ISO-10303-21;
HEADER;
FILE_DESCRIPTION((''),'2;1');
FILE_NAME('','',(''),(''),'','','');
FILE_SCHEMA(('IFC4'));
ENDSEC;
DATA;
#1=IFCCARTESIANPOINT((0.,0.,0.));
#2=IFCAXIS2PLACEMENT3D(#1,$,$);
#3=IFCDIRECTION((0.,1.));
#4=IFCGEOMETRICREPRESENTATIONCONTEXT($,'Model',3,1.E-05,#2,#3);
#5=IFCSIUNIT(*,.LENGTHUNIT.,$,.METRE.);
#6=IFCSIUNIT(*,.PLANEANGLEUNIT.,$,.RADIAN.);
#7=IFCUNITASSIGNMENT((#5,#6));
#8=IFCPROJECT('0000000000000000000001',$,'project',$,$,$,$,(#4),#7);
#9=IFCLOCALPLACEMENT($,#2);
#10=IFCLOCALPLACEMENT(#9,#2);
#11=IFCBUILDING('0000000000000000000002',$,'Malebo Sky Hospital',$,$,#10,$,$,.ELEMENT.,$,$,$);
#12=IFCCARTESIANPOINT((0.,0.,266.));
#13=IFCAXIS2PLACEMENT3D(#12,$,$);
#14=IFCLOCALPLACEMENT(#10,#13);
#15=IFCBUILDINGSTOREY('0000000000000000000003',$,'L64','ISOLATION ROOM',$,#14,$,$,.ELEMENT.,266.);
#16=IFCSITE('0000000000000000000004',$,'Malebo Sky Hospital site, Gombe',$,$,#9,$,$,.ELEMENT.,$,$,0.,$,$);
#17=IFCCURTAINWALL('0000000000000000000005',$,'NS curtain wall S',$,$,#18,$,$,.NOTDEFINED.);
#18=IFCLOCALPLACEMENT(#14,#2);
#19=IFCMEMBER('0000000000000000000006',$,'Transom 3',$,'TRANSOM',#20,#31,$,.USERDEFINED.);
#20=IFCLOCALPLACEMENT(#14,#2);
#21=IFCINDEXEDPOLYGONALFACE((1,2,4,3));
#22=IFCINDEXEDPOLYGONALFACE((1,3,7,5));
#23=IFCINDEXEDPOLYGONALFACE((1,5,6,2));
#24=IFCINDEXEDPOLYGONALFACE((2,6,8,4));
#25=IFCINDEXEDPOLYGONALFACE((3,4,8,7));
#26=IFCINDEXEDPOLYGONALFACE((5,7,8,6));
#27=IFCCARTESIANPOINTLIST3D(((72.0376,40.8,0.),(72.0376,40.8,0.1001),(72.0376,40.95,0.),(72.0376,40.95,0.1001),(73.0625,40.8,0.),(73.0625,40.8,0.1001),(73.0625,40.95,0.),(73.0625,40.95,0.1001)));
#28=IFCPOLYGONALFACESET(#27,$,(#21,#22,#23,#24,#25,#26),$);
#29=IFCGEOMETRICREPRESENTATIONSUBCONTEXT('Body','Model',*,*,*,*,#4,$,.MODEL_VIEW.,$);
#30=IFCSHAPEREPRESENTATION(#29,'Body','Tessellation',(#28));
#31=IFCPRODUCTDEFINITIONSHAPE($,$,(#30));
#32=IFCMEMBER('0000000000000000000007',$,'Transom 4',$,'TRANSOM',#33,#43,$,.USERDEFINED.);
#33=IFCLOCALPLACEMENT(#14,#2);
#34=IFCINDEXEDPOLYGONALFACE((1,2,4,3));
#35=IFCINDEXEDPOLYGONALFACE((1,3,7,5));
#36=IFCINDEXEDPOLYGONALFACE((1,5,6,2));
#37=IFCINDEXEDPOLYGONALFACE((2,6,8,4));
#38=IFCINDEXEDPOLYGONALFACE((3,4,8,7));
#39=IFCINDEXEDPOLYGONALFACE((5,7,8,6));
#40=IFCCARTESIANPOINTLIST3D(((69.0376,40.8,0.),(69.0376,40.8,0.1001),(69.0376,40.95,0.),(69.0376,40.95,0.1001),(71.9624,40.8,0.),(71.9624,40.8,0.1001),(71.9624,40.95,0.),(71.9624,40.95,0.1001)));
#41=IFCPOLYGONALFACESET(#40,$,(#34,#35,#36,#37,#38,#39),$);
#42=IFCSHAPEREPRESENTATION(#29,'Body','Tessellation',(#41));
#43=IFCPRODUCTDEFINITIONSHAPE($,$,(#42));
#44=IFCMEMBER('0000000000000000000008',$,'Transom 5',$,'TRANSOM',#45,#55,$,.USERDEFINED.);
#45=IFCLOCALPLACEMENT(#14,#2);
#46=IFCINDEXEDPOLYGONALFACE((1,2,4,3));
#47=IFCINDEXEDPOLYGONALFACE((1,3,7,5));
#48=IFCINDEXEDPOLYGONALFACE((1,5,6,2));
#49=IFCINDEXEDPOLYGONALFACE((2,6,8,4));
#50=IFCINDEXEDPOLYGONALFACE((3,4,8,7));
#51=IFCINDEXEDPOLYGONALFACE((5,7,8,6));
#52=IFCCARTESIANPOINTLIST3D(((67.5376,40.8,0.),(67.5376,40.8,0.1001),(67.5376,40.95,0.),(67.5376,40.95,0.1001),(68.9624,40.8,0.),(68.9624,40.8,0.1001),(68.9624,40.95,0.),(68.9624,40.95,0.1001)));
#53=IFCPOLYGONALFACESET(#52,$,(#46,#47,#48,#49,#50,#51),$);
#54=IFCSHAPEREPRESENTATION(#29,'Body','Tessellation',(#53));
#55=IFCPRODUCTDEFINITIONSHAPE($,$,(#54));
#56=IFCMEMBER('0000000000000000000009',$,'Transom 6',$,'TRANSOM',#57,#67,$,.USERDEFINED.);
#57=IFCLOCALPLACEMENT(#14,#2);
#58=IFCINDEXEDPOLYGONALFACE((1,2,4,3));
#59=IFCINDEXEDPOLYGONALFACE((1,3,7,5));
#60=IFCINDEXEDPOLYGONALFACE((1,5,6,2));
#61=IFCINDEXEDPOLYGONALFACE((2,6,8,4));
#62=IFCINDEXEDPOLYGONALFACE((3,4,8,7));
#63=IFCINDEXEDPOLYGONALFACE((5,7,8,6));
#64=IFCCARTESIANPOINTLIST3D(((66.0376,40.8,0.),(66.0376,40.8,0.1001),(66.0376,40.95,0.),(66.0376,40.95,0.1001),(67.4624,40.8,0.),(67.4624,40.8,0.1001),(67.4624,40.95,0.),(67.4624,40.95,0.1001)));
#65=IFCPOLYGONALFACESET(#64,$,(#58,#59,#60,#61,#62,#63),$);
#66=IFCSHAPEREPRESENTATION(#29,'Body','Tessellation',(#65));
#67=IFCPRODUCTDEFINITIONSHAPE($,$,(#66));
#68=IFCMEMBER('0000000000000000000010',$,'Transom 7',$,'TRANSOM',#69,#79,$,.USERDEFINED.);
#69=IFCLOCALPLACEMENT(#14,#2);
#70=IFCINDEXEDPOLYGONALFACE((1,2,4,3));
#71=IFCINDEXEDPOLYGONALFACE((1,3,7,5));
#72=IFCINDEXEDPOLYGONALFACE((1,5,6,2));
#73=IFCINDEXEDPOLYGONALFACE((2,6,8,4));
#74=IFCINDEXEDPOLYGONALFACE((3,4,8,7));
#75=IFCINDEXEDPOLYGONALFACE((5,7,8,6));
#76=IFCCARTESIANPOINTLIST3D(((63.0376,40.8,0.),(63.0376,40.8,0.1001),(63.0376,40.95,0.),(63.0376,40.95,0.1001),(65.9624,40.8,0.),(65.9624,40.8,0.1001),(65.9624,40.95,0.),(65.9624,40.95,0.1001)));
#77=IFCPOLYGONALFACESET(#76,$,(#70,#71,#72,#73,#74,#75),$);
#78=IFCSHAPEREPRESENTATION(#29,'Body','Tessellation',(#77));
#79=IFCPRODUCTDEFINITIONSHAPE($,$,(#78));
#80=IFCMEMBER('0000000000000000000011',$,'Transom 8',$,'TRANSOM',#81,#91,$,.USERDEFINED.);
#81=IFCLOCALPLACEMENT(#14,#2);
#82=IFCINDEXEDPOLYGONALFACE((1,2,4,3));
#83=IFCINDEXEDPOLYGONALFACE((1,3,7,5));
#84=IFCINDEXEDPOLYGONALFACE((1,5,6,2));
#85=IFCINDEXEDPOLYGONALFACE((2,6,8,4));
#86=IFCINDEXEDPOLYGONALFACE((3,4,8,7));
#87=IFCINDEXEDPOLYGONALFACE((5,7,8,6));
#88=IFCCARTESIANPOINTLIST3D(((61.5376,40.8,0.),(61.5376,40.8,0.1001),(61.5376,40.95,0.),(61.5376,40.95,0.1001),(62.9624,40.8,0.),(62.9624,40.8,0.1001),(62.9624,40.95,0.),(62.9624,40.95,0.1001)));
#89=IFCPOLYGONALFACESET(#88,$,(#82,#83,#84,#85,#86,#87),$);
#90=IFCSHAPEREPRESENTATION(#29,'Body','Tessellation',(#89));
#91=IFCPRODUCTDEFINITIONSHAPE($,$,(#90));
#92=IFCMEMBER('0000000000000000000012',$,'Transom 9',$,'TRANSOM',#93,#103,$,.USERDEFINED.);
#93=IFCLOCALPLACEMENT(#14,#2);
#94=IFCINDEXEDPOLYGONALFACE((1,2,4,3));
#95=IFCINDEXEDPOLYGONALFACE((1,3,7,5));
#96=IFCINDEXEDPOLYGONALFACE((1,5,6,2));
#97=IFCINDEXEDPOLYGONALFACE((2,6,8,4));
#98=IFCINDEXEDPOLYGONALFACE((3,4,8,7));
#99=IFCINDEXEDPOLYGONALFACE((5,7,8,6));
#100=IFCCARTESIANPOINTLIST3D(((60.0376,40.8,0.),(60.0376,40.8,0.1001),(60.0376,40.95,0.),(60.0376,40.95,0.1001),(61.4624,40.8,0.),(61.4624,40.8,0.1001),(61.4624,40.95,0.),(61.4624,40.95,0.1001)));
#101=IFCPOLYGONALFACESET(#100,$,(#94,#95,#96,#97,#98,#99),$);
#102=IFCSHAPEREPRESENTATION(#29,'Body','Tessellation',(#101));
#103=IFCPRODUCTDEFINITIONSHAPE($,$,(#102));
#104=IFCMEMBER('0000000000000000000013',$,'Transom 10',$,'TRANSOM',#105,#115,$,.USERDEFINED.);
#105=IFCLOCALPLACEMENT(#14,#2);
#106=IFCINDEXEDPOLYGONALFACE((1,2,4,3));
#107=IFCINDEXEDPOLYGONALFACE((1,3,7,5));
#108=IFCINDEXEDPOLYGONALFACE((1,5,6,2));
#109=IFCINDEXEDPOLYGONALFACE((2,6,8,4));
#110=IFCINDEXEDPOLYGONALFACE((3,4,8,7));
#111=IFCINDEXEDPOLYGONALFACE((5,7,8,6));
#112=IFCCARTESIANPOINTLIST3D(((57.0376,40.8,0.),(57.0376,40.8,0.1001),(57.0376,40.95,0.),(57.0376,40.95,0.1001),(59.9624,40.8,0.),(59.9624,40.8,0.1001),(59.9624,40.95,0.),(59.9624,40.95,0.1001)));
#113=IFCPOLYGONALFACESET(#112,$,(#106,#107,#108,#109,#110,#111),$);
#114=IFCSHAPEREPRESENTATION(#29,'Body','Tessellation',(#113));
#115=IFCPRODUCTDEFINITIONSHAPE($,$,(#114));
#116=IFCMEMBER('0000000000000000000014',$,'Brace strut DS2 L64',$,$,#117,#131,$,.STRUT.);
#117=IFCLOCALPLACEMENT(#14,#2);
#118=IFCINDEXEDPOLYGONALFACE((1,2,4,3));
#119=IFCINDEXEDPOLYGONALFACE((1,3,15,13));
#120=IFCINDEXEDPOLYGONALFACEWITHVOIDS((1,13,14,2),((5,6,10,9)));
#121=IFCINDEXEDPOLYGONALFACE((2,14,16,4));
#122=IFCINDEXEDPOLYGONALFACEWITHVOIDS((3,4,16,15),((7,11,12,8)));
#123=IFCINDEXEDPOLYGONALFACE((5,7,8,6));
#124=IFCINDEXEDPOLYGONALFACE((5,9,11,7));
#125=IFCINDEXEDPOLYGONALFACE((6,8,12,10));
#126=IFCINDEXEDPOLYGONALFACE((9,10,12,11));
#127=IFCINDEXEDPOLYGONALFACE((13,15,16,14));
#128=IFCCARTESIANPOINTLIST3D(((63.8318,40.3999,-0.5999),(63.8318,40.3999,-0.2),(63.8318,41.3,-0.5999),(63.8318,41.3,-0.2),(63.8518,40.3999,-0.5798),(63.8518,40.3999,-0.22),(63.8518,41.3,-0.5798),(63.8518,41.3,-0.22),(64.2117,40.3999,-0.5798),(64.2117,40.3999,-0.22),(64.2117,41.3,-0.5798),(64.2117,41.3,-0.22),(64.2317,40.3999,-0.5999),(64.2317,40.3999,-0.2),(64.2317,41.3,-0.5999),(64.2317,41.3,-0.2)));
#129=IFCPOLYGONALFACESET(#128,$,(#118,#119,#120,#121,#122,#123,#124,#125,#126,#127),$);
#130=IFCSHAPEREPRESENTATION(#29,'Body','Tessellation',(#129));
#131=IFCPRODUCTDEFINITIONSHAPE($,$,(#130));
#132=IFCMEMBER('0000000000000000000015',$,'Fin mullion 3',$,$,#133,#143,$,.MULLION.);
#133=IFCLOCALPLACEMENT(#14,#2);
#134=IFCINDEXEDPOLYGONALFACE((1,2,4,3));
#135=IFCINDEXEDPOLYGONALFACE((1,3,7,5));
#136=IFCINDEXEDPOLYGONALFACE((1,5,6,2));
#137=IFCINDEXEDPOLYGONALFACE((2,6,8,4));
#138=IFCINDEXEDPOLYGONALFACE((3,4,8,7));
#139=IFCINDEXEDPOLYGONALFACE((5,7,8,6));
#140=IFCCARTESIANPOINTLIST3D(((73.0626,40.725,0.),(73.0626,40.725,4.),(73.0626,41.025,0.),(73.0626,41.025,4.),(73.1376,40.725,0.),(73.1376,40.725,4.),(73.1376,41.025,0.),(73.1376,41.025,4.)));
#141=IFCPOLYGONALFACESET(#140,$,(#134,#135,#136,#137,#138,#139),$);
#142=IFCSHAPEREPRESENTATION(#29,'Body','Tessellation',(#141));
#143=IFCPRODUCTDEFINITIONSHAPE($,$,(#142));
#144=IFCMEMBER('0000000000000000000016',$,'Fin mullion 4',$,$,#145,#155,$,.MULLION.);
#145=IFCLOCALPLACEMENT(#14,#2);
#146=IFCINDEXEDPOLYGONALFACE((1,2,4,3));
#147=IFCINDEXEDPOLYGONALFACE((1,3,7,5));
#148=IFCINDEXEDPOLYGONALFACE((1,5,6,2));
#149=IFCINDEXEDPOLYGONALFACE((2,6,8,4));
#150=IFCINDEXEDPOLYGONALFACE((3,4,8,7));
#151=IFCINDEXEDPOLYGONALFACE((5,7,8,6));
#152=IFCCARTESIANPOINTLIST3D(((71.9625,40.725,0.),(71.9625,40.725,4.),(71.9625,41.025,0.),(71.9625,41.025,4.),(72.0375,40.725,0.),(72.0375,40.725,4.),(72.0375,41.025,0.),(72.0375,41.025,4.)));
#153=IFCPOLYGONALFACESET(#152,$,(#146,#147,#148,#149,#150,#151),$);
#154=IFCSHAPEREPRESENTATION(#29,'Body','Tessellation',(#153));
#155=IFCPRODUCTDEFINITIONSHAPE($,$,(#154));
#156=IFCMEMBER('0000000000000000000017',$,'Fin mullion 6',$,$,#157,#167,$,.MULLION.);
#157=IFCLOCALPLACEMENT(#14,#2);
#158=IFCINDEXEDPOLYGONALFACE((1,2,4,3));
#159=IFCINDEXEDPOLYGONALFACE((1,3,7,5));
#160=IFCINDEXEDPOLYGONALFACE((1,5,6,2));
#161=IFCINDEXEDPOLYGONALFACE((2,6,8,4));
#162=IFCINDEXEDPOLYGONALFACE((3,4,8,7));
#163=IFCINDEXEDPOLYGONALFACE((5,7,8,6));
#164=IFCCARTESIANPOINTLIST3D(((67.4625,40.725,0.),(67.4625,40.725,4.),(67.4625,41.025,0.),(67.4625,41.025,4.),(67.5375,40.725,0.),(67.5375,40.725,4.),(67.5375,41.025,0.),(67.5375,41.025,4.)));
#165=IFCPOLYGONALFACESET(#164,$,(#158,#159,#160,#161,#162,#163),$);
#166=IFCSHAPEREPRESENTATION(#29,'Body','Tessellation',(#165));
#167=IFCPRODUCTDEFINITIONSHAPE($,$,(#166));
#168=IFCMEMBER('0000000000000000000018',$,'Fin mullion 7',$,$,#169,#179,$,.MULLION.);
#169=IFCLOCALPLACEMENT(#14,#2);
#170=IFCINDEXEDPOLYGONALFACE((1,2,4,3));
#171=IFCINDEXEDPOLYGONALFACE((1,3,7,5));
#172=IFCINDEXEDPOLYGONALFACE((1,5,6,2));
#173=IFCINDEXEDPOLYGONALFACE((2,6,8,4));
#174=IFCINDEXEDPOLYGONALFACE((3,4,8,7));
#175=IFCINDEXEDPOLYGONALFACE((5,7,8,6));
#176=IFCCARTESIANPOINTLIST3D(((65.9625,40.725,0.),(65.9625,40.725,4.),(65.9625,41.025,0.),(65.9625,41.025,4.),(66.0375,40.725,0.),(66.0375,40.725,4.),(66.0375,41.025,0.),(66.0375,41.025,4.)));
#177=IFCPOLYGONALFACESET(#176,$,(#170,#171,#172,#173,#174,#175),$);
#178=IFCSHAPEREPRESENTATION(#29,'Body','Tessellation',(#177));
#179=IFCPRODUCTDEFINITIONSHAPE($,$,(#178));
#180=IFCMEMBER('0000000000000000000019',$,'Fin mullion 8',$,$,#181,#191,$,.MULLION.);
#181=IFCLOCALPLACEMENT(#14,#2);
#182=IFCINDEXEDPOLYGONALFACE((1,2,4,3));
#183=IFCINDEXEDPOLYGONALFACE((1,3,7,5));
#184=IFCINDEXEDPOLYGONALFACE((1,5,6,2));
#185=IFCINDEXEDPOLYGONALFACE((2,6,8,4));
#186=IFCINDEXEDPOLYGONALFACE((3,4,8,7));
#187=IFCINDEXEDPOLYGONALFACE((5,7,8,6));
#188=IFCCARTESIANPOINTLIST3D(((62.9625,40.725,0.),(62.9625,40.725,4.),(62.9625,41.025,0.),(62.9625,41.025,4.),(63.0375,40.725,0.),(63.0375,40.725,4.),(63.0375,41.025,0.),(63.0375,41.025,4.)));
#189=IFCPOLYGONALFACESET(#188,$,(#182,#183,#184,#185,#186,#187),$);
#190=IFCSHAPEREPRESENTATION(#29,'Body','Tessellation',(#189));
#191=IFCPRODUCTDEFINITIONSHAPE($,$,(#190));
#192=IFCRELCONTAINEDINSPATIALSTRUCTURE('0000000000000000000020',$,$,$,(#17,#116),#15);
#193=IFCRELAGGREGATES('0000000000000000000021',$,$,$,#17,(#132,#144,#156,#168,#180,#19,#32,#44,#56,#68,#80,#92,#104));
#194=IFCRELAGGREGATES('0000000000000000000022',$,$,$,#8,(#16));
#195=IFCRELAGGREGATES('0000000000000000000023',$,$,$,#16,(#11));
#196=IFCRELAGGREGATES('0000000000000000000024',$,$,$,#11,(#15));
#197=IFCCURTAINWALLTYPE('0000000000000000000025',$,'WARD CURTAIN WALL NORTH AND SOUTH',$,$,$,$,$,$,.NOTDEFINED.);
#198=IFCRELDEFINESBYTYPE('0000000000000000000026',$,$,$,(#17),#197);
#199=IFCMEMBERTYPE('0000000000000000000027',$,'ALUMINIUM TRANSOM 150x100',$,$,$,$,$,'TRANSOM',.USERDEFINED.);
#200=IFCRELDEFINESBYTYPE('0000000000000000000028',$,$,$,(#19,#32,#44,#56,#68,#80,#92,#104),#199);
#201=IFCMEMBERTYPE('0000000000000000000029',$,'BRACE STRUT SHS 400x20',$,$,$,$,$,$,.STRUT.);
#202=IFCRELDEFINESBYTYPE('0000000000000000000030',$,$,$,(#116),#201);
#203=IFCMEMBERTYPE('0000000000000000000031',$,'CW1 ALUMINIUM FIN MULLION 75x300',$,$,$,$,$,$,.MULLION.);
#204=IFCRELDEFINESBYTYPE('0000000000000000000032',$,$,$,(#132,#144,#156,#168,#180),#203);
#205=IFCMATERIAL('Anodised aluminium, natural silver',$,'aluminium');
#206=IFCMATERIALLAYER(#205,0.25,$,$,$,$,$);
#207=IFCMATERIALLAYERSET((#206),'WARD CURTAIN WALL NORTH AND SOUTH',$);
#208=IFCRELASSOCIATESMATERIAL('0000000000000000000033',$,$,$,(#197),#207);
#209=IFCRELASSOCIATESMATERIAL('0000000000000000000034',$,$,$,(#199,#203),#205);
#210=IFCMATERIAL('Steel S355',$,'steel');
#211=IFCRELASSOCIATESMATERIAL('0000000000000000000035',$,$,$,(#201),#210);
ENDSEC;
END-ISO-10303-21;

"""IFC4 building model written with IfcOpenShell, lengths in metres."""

from ifc_helpers import new_model, si_unit, direction, frame, origin, origin_2d, place, context, subcontext, project, spatial, rectangle, hollow_rectangle, extrude, material, layer, layer_set, material_profile, profile_set, type_object, element, aggregate, save


model = new_model("IFC4")

# Units and contexts
model_context = context("Model", 3, precision=1e-05, world=origin(), true_north=direction((0.0, 1.0)))
body_context = subcontext(model_context, "Body", "Model", "MODEL_VIEW")
ifc_project = project(units=[si_unit("LENGTHUNIT", "METRE"), si_unit("PLANEANGLEUNIT", "RADIAN")], contexts=[model_context])

# Site, building, storey
site_placement = place(None, origin())
site = spatial("IfcSite", under=ifc_project, at=site_placement, Name="Malebo Sky Hospital site, Gombe", CompositionType="ELEMENT", RefElevation=0.0)
building_placement = place(site_placement, origin())
building = spatial("IfcBuilding", under=site, at=building_placement, Name="Malebo Sky Hospital", CompositionType="ELEMENT")
storey_placement = place(building_placement, frame((0.0, 0.0, 266.0)))
storey = spatial("IfcBuildingStorey", under=building, at=storey_placement, Name="L64", Description="ISOLATION ROOM", CompositionType="ELEMENT", Elevation=266.0)

# Curtain wall, members
ifc_material_1 = material(Name="Anodised aluminium, natural silver", Category="aluminium")
ifc_layer_1 = layer(ifc_material_1, 0.25)
ifc_layer_set_1 = layer_set([ifc_layer_1], Name="WARD CURTAIN WALL NORTH AND SOUTH")
curtain_wall_type = type_object("IfcCurtainWallType", Name="WARD CURTAIN WALL NORTH AND SOUTH", PredefinedType="NOTDEFINED", material=ifc_layer_set_1)
curtain_wall_placement = place(storey_placement, origin())
curtain_wall = element("IfcCurtainWall", 1, at=curtain_wall_placement, inside=storey, type_object=curtain_wall_type, Name="NS curtain wall S", PredefinedType="NOTDEFINED")
ifc_material_profile_1 = material_profile(ifc_material_1, rectangle(XDim=0.1499, YDim=0.1001, at=origin_2d()), Name="ALUMINIUM TRANSOM 150x100")
ifc_profile_set_1 = profile_set([ifc_material_profile_1], Name="Anodised aluminium, natural silver")
member_type_1 = type_object("IfcMemberType", Name="ALUMINIUM TRANSOM 150x100", ElementType="TRANSOM", PredefinedType="USERDEFINED", material=ifc_profile_set_1)
member_1_placement = place(storey_placement, frame((73.0625, 40.875, 0.05), z_axis=(-1.0, 0.0, 0.0), x_axis=(0.0, -1.0, 0.0)))
member_1 = element("IfcMember", 2, at=member_1_placement, type_object=member_type_1, Name="Transom 3", ObjectType="TRANSOM", PredefinedType="USERDEFINED", context=body_context, shape_type="SweptSolid", body=[
    extrude(rectangle(XDim=0.1499, YDim=0.1001, at=origin_2d()), origin(), (0.0, 0.0, 1.0), 1.0249),
])
member_2_placement = place(storey_placement, frame((71.9624, 40.875, 0.05), z_axis=(-1.0, 0.0, 0.0), x_axis=(0.0, -1.0, 0.0)))
member_2 = element("IfcMember", 3, at=member_2_placement, type_object=member_type_1, Name="Transom 4", ObjectType="TRANSOM", PredefinedType="USERDEFINED", context=body_context, shape_type="SweptSolid", body=[
    extrude(rectangle(XDim=0.1499, YDim=0.1001, at=origin_2d()), origin(), (0.0, 0.0, 1.0), 2.9248),
])
member_3_placement = place(storey_placement, frame((68.9624, 40.875, 0.05), z_axis=(-1.0, 0.0, 0.0), x_axis=(0.0, -1.0, 0.0)))
member_3 = element("IfcMember", 4, at=member_3_placement, type_object=member_type_1, Name="Transom 5", ObjectType="TRANSOM", PredefinedType="USERDEFINED", context=body_context, shape_type="SweptSolid", body=[
    extrude(rectangle(XDim=0.1499, YDim=0.1001, at=origin_2d()), origin(), (0.0, 0.0, 1.0), 1.4248),
])
member_4_placement = place(storey_placement, frame((67.4624, 40.875, 0.05), z_axis=(-1.0, 0.0, 0.0), x_axis=(0.0, -1.0, 0.0)))
member_4 = element("IfcMember", 5, at=member_4_placement, type_object=member_type_1, Name="Transom 6", ObjectType="TRANSOM", PredefinedType="USERDEFINED", context=body_context, shape_type="SweptSolid", body=[
    extrude(rectangle(XDim=0.1499, YDim=0.1001, at=origin_2d()), origin(), (0.0, 0.0, 1.0), 1.4248),
])
member_5_placement = place(storey_placement, frame((65.9624, 40.875, 0.05), z_axis=(-1.0, 0.0, 0.0), x_axis=(0.0, -1.0, 0.0)))
member_5 = element("IfcMember", 6, at=member_5_placement, type_object=member_type_1, Name="Transom 7", ObjectType="TRANSOM", PredefinedType="USERDEFINED", context=body_context, shape_type="SweptSolid", body=[
    extrude(rectangle(XDim=0.1499, YDim=0.1001, at=origin_2d()), origin(), (0.0, 0.0, 1.0), 2.9248),
])
member_6_placement = place(storey_placement, frame((62.9624, 40.875, 0.05), z_axis=(-1.0, 0.0, 0.0), x_axis=(0.0, -1.0, 0.0)))
member_6 = element("IfcMember", 7, at=member_6_placement, type_object=member_type_1, Name="Transom 8", ObjectType="TRANSOM", PredefinedType="USERDEFINED", context=body_context, shape_type="SweptSolid", body=[
    extrude(rectangle(XDim=0.1499, YDim=0.1001, at=origin_2d()), origin(), (0.0, 0.0, 1.0), 1.4248),
])
member_7_placement = place(storey_placement, frame((61.4624, 40.875, 0.05), z_axis=(-1.0, 0.0, 0.0), x_axis=(0.0, -1.0, 0.0)))
member_7 = element("IfcMember", 8, at=member_7_placement, type_object=member_type_1, Name="Transom 9", ObjectType="TRANSOM", PredefinedType="USERDEFINED", context=body_context, shape_type="SweptSolid", body=[
    extrude(rectangle(XDim=0.1499, YDim=0.1001, at=origin_2d()), origin(), (0.0, 0.0, 1.0), 1.4248),
])
member_8_placement = place(storey_placement, frame((59.9624, 40.875, 0.05), z_axis=(-1.0, 0.0, 0.0), x_axis=(0.0, -1.0, 0.0)))
member_8 = element("IfcMember", 9, at=member_8_placement, type_object=member_type_1, Name="Transom 10", ObjectType="TRANSOM", PredefinedType="USERDEFINED", context=body_context, shape_type="SweptSolid", body=[
    extrude(rectangle(XDim=0.1499, YDim=0.1001, at=origin_2d()), origin(), (0.0, 0.0, 1.0), 2.9248),
])

# Members
ifc_material_2 = material(Name="Steel S355", Category="steel")
ifc_material_profile_2 = material_profile(ifc_material_2, hollow_rectangle(XDim=0.3999, YDim=0.3999, WallThickness=0.02, at=origin_2d()), Name="SHS 400x20")
ifc_profile_set_2 = profile_set([ifc_material_profile_2], Name="Steel S355")
member_type_2 = type_object("IfcMemberType", Name="BRACE STRUT SHS 400x20", PredefinedType="STRUT", material=ifc_profile_set_2)
member_9_placement = place(storey_placement, frame((64.0317, 40.3999, -0.3999), z_axis=(0.0, 1.0, 0.0), x_axis=(-1.0, 0.0, 0.0)))
element("IfcMember", 10, at=member_9_placement, inside=storey, type_object=member_type_2, Name="Brace strut DS2 L64", PredefinedType="STRUT", context=body_context, shape_type="SweptSolid", body=[
    extrude(hollow_rectangle(XDim=0.3999, YDim=0.3999, WallThickness=0.02, at=origin_2d()), origin(), (0.0, 0.0, 1.0), 0.9001),
])
ifc_material_profile_3 = material_profile(ifc_material_1, rectangle(XDim=0.075, YDim=0.3, at=origin_2d()), Name="CW1 ALUMINIUM FIN MULLION 75x300")
ifc_profile_set_3 = profile_set([ifc_material_profile_3], Name="Anodised aluminium, natural silver")
member_type_3 = type_object("IfcMemberType", Name="CW1 ALUMINIUM FIN MULLION 75x300", PredefinedType="MULLION", material=ifc_profile_set_3)
member_10_placement = place(storey_placement, frame((73.1001, 40.875, 0.0), z_axis=(0.0, 0.0, 1.0), x_axis=(-1.0, 0.0, 0.0)))
member_10 = element("IfcMember", 11, at=member_10_placement, type_object=member_type_3, Name="Fin mullion 3", PredefinedType="MULLION", context=body_context, shape_type="SweptSolid", body=[
    extrude(rectangle(XDim=0.075, YDim=0.3, at=origin_2d()), origin(), (0.0, 0.0, 1.0), 4.0),
])
member_11_placement = place(storey_placement, frame((72.0, 40.875, 0.0), z_axis=(0.0, 0.0, 1.0), x_axis=(-1.0, 0.0, 0.0)))
member_11 = element("IfcMember", 12, at=member_11_placement, type_object=member_type_3, Name="Fin mullion 4", PredefinedType="MULLION", context=body_context, shape_type="SweptSolid", body=[
    extrude(rectangle(XDim=0.075, YDim=0.3, at=origin_2d()), origin(), (0.0, 0.0, 1.0), 4.0),
])
member_12_placement = place(storey_placement, frame((67.5, 40.875, 0.0), z_axis=(0.0, 0.0, 1.0), x_axis=(-1.0, 0.0, 0.0)))
member_12 = element("IfcMember", 13, at=member_12_placement, type_object=member_type_3, Name="Fin mullion 6", PredefinedType="MULLION", context=body_context, shape_type="SweptSolid", body=[
    extrude(rectangle(XDim=0.075, YDim=0.3, at=origin_2d()), origin(), (0.0, 0.0, 1.0), 4.0),
])
member_13_placement = place(storey_placement, frame((66.0, 40.875, 0.0), z_axis=(0.0, 0.0, 1.0), x_axis=(-1.0, 0.0, 0.0)))
member_13 = element("IfcMember", 14, at=member_13_placement, type_object=member_type_3, Name="Fin mullion 7", PredefinedType="MULLION", context=body_context, shape_type="SweptSolid", body=[
    extrude(rectangle(XDim=0.075, YDim=0.3, at=origin_2d()), origin(), (0.0, 0.0, 1.0), 4.0),
])
member_14_placement = place(storey_placement, frame((63.0, 40.875, 0.0), z_axis=(0.0, 0.0, 1.0), x_axis=(-1.0, 0.0, 0.0)))
member_14 = element("IfcMember", 15, at=member_14_placement, type_object=member_type_3, Name="Fin mullion 8", PredefinedType="MULLION", context=body_context, shape_type="SweptSolid", body=[
    extrude(rectangle(XDim=0.075, YDim=0.3, at=origin_2d()), origin(), (0.0, 0.0, 1.0), 4.0),
])

aggregate(curtain_wall, [member_10, member_11, member_12, member_13, member_14, member_1, member_2, member_3, member_4, member_5, member_6, member_7, member_8])

save(model, "model.ifc")
